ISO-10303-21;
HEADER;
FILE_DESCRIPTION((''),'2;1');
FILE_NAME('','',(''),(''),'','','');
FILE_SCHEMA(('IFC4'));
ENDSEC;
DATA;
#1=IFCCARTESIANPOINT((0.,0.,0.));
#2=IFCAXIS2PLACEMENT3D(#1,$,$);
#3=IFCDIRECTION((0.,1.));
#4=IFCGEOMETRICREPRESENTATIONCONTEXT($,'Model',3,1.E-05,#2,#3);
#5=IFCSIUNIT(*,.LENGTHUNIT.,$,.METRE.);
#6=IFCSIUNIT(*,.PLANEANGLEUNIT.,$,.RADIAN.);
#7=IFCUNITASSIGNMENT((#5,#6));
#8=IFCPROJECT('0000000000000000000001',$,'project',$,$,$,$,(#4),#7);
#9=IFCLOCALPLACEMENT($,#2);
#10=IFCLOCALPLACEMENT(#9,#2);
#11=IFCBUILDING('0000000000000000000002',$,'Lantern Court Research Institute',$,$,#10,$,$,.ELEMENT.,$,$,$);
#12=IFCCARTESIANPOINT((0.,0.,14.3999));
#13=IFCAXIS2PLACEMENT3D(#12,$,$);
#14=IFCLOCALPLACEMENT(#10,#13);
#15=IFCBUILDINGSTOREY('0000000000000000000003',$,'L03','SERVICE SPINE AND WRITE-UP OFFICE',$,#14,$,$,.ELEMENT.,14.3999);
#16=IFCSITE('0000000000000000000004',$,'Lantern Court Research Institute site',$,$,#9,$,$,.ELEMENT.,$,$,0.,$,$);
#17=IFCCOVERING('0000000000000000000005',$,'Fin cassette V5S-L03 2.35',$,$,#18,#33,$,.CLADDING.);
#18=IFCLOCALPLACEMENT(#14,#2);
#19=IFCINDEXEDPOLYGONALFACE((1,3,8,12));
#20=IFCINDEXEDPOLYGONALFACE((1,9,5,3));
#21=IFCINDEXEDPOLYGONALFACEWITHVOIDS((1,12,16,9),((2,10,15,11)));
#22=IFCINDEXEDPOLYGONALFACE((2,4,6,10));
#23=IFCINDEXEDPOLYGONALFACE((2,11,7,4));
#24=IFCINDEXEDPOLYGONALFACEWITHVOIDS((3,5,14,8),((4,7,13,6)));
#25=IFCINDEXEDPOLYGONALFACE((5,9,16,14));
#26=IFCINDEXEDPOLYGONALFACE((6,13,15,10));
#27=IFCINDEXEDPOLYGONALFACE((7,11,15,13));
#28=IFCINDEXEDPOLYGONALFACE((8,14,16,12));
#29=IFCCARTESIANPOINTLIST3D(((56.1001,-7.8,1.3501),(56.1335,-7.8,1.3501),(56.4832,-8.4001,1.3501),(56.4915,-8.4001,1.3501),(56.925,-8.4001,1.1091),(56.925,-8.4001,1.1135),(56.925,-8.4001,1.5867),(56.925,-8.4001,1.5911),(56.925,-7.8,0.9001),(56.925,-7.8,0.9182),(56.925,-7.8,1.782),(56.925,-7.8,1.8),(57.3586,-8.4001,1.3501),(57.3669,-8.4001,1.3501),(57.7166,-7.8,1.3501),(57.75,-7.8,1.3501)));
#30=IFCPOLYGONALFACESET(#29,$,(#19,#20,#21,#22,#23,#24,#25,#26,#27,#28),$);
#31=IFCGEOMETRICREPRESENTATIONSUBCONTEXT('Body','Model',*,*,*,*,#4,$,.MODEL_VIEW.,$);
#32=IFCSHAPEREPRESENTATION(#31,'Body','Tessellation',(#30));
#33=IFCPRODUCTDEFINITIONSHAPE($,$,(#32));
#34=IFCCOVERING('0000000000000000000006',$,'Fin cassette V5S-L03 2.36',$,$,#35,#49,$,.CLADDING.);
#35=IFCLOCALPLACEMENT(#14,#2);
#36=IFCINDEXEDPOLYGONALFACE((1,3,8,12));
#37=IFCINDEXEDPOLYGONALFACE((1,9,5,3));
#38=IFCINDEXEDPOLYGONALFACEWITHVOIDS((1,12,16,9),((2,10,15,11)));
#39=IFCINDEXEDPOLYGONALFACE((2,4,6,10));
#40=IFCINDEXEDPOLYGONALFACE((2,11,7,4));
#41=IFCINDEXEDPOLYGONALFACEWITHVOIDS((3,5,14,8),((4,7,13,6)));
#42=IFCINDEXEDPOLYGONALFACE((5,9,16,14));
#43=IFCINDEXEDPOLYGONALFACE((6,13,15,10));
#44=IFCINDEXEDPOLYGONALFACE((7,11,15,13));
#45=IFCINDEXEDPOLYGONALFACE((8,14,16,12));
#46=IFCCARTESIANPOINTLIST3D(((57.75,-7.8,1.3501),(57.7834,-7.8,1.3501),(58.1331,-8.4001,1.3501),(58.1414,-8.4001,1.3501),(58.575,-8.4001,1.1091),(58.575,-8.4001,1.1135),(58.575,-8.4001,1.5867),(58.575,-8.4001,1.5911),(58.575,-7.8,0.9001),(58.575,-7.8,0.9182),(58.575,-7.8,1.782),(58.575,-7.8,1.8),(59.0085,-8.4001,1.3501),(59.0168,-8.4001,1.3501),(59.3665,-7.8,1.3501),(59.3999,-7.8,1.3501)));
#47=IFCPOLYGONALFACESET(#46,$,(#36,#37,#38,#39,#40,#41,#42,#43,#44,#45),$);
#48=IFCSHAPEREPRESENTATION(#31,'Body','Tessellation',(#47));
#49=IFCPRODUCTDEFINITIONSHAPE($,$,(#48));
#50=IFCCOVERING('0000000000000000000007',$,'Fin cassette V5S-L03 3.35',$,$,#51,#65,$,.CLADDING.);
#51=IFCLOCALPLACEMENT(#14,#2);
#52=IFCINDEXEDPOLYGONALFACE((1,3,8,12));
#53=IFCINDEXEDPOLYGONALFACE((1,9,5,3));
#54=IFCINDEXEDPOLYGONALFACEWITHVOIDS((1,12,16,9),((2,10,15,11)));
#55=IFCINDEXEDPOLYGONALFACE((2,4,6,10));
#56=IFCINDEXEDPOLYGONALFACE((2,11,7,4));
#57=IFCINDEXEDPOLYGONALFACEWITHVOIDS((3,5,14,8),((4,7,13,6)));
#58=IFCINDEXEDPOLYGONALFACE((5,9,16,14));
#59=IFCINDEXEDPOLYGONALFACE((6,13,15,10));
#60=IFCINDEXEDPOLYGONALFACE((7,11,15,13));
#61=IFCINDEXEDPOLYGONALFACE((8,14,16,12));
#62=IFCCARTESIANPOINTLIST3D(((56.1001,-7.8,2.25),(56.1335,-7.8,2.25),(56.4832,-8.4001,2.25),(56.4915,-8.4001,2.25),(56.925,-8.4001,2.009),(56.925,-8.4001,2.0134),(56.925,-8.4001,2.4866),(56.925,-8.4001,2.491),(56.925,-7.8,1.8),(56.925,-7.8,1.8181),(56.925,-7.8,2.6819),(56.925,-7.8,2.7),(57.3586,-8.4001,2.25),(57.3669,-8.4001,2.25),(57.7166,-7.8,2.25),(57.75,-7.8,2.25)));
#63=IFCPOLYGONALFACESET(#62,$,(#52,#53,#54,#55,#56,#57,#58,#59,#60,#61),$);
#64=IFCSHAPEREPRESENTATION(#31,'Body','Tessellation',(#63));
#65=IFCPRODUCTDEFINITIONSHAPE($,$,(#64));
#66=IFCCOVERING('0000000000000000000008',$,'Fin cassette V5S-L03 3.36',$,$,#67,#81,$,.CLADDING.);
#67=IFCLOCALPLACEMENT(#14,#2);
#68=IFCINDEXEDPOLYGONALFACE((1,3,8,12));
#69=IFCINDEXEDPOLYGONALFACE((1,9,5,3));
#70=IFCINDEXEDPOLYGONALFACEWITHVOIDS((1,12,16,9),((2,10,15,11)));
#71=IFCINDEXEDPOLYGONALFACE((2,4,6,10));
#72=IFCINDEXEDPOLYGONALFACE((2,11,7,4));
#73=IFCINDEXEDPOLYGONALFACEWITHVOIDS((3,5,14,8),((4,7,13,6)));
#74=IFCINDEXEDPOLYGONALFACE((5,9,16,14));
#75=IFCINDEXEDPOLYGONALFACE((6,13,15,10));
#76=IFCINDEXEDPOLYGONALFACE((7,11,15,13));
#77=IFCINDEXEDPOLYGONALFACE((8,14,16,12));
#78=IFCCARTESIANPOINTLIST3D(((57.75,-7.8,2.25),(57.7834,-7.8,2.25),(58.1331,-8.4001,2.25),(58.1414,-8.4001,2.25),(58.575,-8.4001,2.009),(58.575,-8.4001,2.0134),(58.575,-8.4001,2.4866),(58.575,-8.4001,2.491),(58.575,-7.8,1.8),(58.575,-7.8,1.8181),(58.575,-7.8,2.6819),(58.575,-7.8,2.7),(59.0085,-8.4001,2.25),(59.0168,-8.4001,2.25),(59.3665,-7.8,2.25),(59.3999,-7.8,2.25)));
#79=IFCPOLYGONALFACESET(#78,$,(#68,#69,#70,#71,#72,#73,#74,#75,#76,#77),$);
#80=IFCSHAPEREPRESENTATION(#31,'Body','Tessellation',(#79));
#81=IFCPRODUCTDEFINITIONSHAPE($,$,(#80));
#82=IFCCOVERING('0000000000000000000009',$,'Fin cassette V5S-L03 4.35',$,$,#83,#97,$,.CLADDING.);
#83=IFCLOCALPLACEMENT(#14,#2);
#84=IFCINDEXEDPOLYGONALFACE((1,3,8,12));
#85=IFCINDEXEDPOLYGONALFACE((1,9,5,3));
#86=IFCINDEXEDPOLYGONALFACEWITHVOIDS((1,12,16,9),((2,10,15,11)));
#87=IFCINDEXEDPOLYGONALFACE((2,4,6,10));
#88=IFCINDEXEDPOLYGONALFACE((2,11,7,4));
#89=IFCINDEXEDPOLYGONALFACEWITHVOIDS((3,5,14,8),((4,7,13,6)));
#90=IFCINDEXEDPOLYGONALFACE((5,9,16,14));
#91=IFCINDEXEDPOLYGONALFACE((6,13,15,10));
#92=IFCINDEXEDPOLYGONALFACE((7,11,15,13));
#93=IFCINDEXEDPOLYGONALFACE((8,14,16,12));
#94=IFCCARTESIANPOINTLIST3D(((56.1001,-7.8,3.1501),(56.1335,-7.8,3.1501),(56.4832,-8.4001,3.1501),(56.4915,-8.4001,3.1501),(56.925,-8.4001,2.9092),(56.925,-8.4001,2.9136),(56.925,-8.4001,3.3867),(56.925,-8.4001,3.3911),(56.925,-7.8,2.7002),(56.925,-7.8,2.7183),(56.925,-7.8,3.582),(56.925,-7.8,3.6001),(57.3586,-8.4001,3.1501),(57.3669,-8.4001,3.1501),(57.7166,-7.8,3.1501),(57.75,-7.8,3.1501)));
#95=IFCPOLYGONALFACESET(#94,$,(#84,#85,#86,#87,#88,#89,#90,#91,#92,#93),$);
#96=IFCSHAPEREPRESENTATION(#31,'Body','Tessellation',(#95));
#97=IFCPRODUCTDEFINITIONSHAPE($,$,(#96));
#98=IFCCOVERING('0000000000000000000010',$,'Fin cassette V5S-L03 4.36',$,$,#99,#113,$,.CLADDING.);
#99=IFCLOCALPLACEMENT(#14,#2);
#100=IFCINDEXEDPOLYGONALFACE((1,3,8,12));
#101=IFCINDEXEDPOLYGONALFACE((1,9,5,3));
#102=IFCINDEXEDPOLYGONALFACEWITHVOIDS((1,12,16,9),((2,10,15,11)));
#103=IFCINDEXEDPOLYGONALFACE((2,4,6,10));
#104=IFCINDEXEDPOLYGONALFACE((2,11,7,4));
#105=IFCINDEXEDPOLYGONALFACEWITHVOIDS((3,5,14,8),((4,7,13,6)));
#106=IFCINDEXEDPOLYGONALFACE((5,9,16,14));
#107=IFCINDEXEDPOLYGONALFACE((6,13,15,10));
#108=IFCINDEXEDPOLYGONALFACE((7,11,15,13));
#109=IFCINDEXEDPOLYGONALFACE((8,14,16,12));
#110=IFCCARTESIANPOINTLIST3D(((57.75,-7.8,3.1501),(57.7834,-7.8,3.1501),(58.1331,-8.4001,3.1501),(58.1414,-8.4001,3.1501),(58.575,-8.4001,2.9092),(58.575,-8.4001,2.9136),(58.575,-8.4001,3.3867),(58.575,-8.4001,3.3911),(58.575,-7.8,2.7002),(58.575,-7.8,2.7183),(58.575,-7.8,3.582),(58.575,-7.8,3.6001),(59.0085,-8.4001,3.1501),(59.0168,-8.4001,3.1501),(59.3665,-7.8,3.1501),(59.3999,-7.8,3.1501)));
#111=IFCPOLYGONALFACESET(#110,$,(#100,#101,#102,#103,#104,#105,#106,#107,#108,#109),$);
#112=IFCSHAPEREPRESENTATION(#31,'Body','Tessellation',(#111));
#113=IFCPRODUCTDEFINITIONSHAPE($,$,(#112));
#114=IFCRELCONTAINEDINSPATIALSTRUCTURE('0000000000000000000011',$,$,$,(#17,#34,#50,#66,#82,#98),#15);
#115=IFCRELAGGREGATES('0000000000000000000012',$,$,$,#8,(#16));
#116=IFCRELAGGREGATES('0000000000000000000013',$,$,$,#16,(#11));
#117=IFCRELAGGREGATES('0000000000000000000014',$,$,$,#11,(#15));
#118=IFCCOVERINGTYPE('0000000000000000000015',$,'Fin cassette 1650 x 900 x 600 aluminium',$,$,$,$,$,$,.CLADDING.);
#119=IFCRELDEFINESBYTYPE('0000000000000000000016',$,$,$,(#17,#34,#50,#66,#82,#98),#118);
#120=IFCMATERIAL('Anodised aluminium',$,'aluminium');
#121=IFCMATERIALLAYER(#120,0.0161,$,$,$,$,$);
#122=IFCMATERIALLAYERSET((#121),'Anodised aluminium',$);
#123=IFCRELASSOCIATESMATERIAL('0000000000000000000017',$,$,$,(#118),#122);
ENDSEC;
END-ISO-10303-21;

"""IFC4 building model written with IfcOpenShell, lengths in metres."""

from ifc_helpers import new_model, entity, si_unit, direction, frame, origin, place, context, subcontext, project, spatial, material, layer, layer_set, type_object, element, save


model = new_model("IFC4")

# Units and contexts
model_context = context("Model", 3, precision=1e-05, world=origin(), true_north=direction((0.0, 1.0)))
body_context = subcontext(model_context, "Body", "Model", "MODEL_VIEW")
ifc_project = project(units=[si_unit("LENGTHUNIT", "METRE"), si_unit("PLANEANGLEUNIT", "RADIAN")], contexts=[model_context])

# Site, building, storey
site_placement = place(None, origin())
site = spatial("IfcSite", under=ifc_project, at=site_placement, Name="Lantern Court Research Institute site", CompositionType="ELEMENT", RefElevation=0.0)
building_placement = place(site_placement, origin())
building = spatial("IfcBuilding", under=site, at=building_placement, Name="Lantern Court Research Institute", CompositionType="ELEMENT")
storey_placement = place(building_placement, frame((0.0, 0.0, 14.3999)))
storey = spatial("IfcBuildingStorey", under=building, at=storey_placement, Name="L03", Description="SERVICE SPINE AND WRITE-UP OFFICE", CompositionType="ELEMENT", Elevation=14.3999)

# Coverings
ifc_material_1 = material(Name="Anodised aluminium", Category="aluminium")
ifc_layer_1 = layer(ifc_material_1, 0.0161)
ifc_layer_set_1 = layer_set([ifc_layer_1], Name="Anodised aluminium")
covering_type = type_object("IfcCoveringType", Name="Fin cassette 1650 x 900 x 600 aluminium", PredefinedType="CLADDING", material=ifc_layer_set_1)
covering_1_placement = place(storey_placement, frame((56.925, -7.8, 1.3501), z_axis=(0.0, -1.0, 0.0), x_axis=(1.0, 0.0, 0.0)))
cartesian_point_1 = entity("IfcCartesianPoint", [0.825, 0.0])
cartesian_point_2 = entity("IfcCartesianPoint", [0.7915, 0.0])
cartesian_point_3 = entity("IfcCartesianPoint", [0.4419, 0.0])
cartesian_point_4 = entity("IfcCartesianPoint", [0.4336, 0.0])
element("IfcCovering", 1, at=covering_1_placement, inside=storey, type_object=covering_type, Name="Fin cassette V5S-L03 2.35", PredefinedType="CLADDING", context=body_context, shape_type="SweptSolid", body=[
    entity("IfcExtrudedAreaSolidTapered", entity("IfcArbitraryProfileDefWithVoids", "AREA", None, entity("IfcPolyline", [cartesian_point_1, entity("IfcCartesianPoint", [0.0, 0.45]), entity("IfcCartesianPoint", [-0.825, 0.0]), entity("IfcCartesianPoint", [0.0, -0.45]), cartesian_point_1]), [entity("IfcPolyline", [cartesian_point_2, entity("IfcCartesianPoint", [0.0, 0.4319]), entity("IfcCartesianPoint", [-0.7915, 0.0]), entity("IfcCartesianPoint", [0.0, -0.4319]), cartesian_point_2])]), entity("IfcAxis2Placement3D", entity("IfcCartesianPoint", [0.0, 0.0, 0.0])), entity("IfcDirection", [0.0, 0.0, 1.0]), 0.6001, entity("IfcArbitraryProfileDefWithVoids", "AREA", None, entity("IfcPolyline", [cartesian_point_3, entity("IfcCartesianPoint", [0.0, 0.241]), entity("IfcCartesianPoint", [-0.4419, 0.0]), entity("IfcCartesianPoint", [0.0, -0.241]), cartesian_point_3]), [entity("IfcPolyline", [cartesian_point_4, entity("IfcCartesianPoint", [0.0, 0.2366]), entity("IfcCartesianPoint", [-0.4336, 0.0]), entity("IfcCartesianPoint", [0.0, -0.2366]), cartesian_point_4])])),
])
covering_2_placement = place(storey_placement, frame((58.575, -7.8, 1.3501), z_axis=(0.0, -1.0, 0.0), x_axis=(1.0, 0.0, 0.0)))
cartesian_point_5 = entity("IfcCartesianPoint", [0.825, 0.0])
cartesian_point_6 = entity("IfcCartesianPoint", [0.7915, 0.0])
cartesian_point_7 = entity("IfcCartesianPoint", [0.4419, 0.0])
cartesian_point_8 = entity("IfcCartesianPoint", [0.4336, 0.0])
element("IfcCovering", 2, at=covering_2_placement, inside=storey, type_object=covering_type, Name="Fin cassette V5S-L03 2.36", PredefinedType="CLADDING", context=body_context, shape_type="SweptSolid", body=[
    entity("IfcExtrudedAreaSolidTapered", entity("IfcArbitraryProfileDefWithVoids", "AREA", None, entity("IfcPolyline", [cartesian_point_5, entity("IfcCartesianPoint", [0.0, 0.45]), entity("IfcCartesianPoint", [-0.825, 0.0]), entity("IfcCartesianPoint", [0.0, -0.45]), cartesian_point_5]), [entity("IfcPolyline", [cartesian_point_6, entity("IfcCartesianPoint", [0.0, 0.4319]), entity("IfcCartesianPoint", [-0.7915, 0.0]), entity("IfcCartesianPoint", [0.0, -0.4319]), cartesian_point_6])]), entity("IfcAxis2Placement3D", entity("IfcCartesianPoint", [0.0, 0.0, 0.0])), entity("IfcDirection", [0.0, 0.0, 1.0]), 0.6001, entity("IfcArbitraryProfileDefWithVoids", "AREA", None, entity("IfcPolyline", [cartesian_point_7, entity("IfcCartesianPoint", [0.0, 0.241]), entity("IfcCartesianPoint", [-0.4419, 0.0]), entity("IfcCartesianPoint", [0.0, -0.241]), cartesian_point_7]), [entity("IfcPolyline", [cartesian_point_8, entity("IfcCartesianPoint", [0.0, 0.2366]), entity("IfcCartesianPoint", [-0.4336, 0.0]), entity("IfcCartesianPoint", [0.0, -0.2366]), cartesian_point_8])])),
])
covering_3_placement = place(storey_placement, frame((56.925, -7.8, 2.25), z_axis=(0.0, -1.0, 0.0), x_axis=(1.0, 0.0, 0.0)))
cartesian_point_9 = entity("IfcCartesianPoint", [0.825, 0.0])
cartesian_point_10 = entity("IfcCartesianPoint", [0.7915, 0.0])
cartesian_point_11 = entity("IfcCartesianPoint", [0.4419, 0.0])
cartesian_point_12 = entity("IfcCartesianPoint", [0.4336, 0.0])
element("IfcCovering", 3, at=covering_3_placement, inside=storey, type_object=covering_type, Name="Fin cassette V5S-L03 3.35", PredefinedType="CLADDING", context=body_context, shape_type="SweptSolid", body=[
    entity("IfcExtrudedAreaSolidTapered", entity("IfcArbitraryProfileDefWithVoids", "AREA", None, entity("IfcPolyline", [cartesian_point_9, entity("IfcCartesianPoint", [0.0, 0.45]), entity("IfcCartesianPoint", [-0.825, 0.0]), entity("IfcCartesianPoint", [0.0, -0.45]), cartesian_point_9]), [entity("IfcPolyline", [cartesian_point_10, entity("IfcCartesianPoint", [0.0, 0.4319]), entity("IfcCartesianPoint", [-0.7915, 0.0]), entity("IfcCartesianPoint", [0.0, -0.4319]), cartesian_point_10])]), entity("IfcAxis2Placement3D", entity("IfcCartesianPoint", [0.0, 0.0, 0.0])), entity("IfcDirection", [0.0, 0.0, 1.0]), 0.6001, entity("IfcArbitraryProfileDefWithVoids", "AREA", None, entity("IfcPolyline", [cartesian_point_11, entity("IfcCartesianPoint", [0.0, 0.241]), entity("IfcCartesianPoint", [-0.4419, 0.0]), entity("IfcCartesianPoint", [0.0, -0.241]), cartesian_point_11]), [entity("IfcPolyline", [cartesian_point_12, entity("IfcCartesianPoint", [0.0, 0.2366]), entity("IfcCartesianPoint", [-0.4336, 0.0]), entity("IfcCartesianPoint", [0.0, -0.2366]), cartesian_point_12])])),
])
covering_4_placement = place(storey_placement, frame((58.575, -7.8, 2.25), z_axis=(0.0, -1.0, 0.0), x_axis=(1.0, 0.0, 0.0)))
cartesian_point_13 = entity("IfcCartesianPoint", [0.825, 0.0])
cartesian_point_14 = entity("IfcCartesianPoint", [0.7915, 0.0])
cartesian_point_15 = entity("IfcCartesianPoint", [0.4419, 0.0])
cartesian_point_16 = entity("IfcCartesianPoint", [0.4336, 0.0])
element("IfcCovering", 4, at=covering_4_placement, inside=storey, type_object=covering_type, Name="Fin cassette V5S-L03 3.36", PredefinedType="CLADDING", context=body_context, shape_type="SweptSolid", body=[
    entity("IfcExtrudedAreaSolidTapered", entity("IfcArbitraryProfileDefWithVoids", "AREA", None, entity("IfcPolyline", [cartesian_point_13, entity("IfcCartesianPoint", [0.0, 0.45]), entity("IfcCartesianPoint", [-0.825, 0.0]), entity("IfcCartesianPoint", [0.0, -0.45]), cartesian_point_13]), [entity("IfcPolyline", [cartesian_point_14, entity("IfcCartesianPoint", [0.0, 0.4319]), entity("IfcCartesianPoint", [-0.7915, 0.0]), entity("IfcCartesianPoint", [0.0, -0.4319]), cartesian_point_14])]), entity("IfcAxis2Placement3D", entity("IfcCartesianPoint", [0.0, 0.0, 0.0])), entity("IfcDirection", [0.0, 0.0, 1.0]), 0.6001, entity("IfcArbitraryProfileDefWithVoids", "AREA", None, entity("IfcPolyline", [cartesian_point_15, entity("IfcCartesianPoint", [0.0, 0.241]), entity("IfcCartesianPoint", [-0.4419, 0.0]), entity("IfcCartesianPoint", [0.0, -0.241]), cartesian_point_15]), [entity("IfcPolyline", [cartesian_point_16, entity("IfcCartesianPoint", [0.0, 0.2366]), entity("IfcCartesianPoint", [-0.4336, 0.0]), entity("IfcCartesianPoint", [0.0, -0.2366]), cartesian_point_16])])),
])
covering_5_placement = place(storey_placement, frame((56.925, -7.8, 3.1501), z_axis=(0.0, -1.0, 0.0), x_axis=(1.0, 0.0, 0.0)))
cartesian_point_17 = entity("IfcCartesianPoint", [0.825, 0.0])
cartesian_point_18 = entity("IfcCartesianPoint", [0.7915, 0.0])
cartesian_point_19 = entity("IfcCartesianPoint", [0.4419, 0.0])
cartesian_point_20 = entity("IfcCartesianPoint", [0.4336, 0.0])
element("IfcCovering", 5, at=covering_5_placement, inside=storey, type_object=covering_type, Name="Fin cassette V5S-L03 4.35", PredefinedType="CLADDING", context=body_context, shape_type="SweptSolid", body=[
    entity("IfcExtrudedAreaSolidTapered", entity("IfcArbitraryProfileDefWithVoids", "AREA", None, entity("IfcPolyline", [cartesian_point_17, entity("IfcCartesianPoint", [0.0, 0.45]), entity("IfcCartesianPoint", [-0.825, 0.0]), entity("IfcCartesianPoint", [0.0, -0.45]), cartesian_point_17]), [entity("IfcPolyline", [cartesian_point_18, entity("IfcCartesianPoint", [0.0, 0.4319]), entity("IfcCartesianPoint", [-0.7915, 0.0]), entity("IfcCartesianPoint", [0.0, -0.4319]), cartesian_point_18])]), entity("IfcAxis2Placement3D", entity("IfcCartesianPoint", [0.0, 0.0, 0.0])), entity("IfcDirection", [0.0, 0.0, 1.0]), 0.6001, entity("IfcArbitraryProfileDefWithVoids", "AREA", None, entity("IfcPolyline", [cartesian_point_19, entity("IfcCartesianPoint", [0.0, 0.241]), entity("IfcCartesianPoint", [-0.4419, 0.0]), entity("IfcCartesianPoint", [0.0, -0.241]), cartesian_point_19]), [entity("IfcPolyline", [cartesian_point_20, entity("IfcCartesianPoint", [0.0, 0.2366]), entity("IfcCartesianPoint", [-0.4336, 0.0]), entity("IfcCartesianPoint", [0.0, -0.2366]), cartesian_point_20])])),
])
covering_6_placement = place(storey_placement, frame((58.575, -7.8, 3.1501), z_axis=(0.0, -1.0, 0.0), x_axis=(1.0, 0.0, 0.0)))
cartesian_point_21 = entity("IfcCartesianPoint", [0.825, 0.0])
cartesian_point_22 = entity("IfcCartesianPoint", [0.7915, 0.0])
cartesian_point_23 = entity("IfcCartesianPoint", [0.4419, 0.0])
cartesian_point_24 = entity("IfcCartesianPoint", [0.4336, 0.0])
element("IfcCovering", 6, at=covering_6_placement, inside=storey, type_object=covering_type, Name="Fin cassette V5S-L03 4.36", PredefinedType="CLADDING", context=body_context, shape_type="SweptSolid", body=[
    entity("IfcExtrudedAreaSolidTapered", entity("IfcArbitraryProfileDefWithVoids", "AREA", None, entity("IfcPolyline", [cartesian_point_21, entity("IfcCartesianPoint", [0.0, 0.45]), entity("IfcCartesianPoint", [-0.825, 0.0]), entity("IfcCartesianPoint", [0.0, -0.45]), cartesian_point_21]), [entity("IfcPolyline", [cartesian_point_22, entity("IfcCartesianPoint", [0.0, 0.4319]), entity("IfcCartesianPoint", [-0.7915, 0.0]), entity("IfcCartesianPoint", [0.0, -0.4319]), cartesian_point_22])]), entity("IfcAxis2Placement3D", entity("IfcCartesianPoint", [0.0, 0.0, 0.0])), entity("IfcDirection", [0.0, 0.0, 1.0]), 0.6001, entity("IfcArbitraryProfileDefWithVoids", "AREA", None, entity("IfcPolyline", [cartesian_point_23, entity("IfcCartesianPoint", [0.0, 0.241]), entity("IfcCartesianPoint", [-0.4419, 0.0]), entity("IfcCartesianPoint", [0.0, -0.241]), cartesian_point_23]), [entity("IfcPolyline", [cartesian_point_24, entity("IfcCartesianPoint", [0.0, 0.2366]), entity("IfcCartesianPoint", [-0.4336, 0.0]), entity("IfcCartesianPoint", [0.0, -0.2366]), cartesian_point_24])])),
])

save(model, "model.ifc")
